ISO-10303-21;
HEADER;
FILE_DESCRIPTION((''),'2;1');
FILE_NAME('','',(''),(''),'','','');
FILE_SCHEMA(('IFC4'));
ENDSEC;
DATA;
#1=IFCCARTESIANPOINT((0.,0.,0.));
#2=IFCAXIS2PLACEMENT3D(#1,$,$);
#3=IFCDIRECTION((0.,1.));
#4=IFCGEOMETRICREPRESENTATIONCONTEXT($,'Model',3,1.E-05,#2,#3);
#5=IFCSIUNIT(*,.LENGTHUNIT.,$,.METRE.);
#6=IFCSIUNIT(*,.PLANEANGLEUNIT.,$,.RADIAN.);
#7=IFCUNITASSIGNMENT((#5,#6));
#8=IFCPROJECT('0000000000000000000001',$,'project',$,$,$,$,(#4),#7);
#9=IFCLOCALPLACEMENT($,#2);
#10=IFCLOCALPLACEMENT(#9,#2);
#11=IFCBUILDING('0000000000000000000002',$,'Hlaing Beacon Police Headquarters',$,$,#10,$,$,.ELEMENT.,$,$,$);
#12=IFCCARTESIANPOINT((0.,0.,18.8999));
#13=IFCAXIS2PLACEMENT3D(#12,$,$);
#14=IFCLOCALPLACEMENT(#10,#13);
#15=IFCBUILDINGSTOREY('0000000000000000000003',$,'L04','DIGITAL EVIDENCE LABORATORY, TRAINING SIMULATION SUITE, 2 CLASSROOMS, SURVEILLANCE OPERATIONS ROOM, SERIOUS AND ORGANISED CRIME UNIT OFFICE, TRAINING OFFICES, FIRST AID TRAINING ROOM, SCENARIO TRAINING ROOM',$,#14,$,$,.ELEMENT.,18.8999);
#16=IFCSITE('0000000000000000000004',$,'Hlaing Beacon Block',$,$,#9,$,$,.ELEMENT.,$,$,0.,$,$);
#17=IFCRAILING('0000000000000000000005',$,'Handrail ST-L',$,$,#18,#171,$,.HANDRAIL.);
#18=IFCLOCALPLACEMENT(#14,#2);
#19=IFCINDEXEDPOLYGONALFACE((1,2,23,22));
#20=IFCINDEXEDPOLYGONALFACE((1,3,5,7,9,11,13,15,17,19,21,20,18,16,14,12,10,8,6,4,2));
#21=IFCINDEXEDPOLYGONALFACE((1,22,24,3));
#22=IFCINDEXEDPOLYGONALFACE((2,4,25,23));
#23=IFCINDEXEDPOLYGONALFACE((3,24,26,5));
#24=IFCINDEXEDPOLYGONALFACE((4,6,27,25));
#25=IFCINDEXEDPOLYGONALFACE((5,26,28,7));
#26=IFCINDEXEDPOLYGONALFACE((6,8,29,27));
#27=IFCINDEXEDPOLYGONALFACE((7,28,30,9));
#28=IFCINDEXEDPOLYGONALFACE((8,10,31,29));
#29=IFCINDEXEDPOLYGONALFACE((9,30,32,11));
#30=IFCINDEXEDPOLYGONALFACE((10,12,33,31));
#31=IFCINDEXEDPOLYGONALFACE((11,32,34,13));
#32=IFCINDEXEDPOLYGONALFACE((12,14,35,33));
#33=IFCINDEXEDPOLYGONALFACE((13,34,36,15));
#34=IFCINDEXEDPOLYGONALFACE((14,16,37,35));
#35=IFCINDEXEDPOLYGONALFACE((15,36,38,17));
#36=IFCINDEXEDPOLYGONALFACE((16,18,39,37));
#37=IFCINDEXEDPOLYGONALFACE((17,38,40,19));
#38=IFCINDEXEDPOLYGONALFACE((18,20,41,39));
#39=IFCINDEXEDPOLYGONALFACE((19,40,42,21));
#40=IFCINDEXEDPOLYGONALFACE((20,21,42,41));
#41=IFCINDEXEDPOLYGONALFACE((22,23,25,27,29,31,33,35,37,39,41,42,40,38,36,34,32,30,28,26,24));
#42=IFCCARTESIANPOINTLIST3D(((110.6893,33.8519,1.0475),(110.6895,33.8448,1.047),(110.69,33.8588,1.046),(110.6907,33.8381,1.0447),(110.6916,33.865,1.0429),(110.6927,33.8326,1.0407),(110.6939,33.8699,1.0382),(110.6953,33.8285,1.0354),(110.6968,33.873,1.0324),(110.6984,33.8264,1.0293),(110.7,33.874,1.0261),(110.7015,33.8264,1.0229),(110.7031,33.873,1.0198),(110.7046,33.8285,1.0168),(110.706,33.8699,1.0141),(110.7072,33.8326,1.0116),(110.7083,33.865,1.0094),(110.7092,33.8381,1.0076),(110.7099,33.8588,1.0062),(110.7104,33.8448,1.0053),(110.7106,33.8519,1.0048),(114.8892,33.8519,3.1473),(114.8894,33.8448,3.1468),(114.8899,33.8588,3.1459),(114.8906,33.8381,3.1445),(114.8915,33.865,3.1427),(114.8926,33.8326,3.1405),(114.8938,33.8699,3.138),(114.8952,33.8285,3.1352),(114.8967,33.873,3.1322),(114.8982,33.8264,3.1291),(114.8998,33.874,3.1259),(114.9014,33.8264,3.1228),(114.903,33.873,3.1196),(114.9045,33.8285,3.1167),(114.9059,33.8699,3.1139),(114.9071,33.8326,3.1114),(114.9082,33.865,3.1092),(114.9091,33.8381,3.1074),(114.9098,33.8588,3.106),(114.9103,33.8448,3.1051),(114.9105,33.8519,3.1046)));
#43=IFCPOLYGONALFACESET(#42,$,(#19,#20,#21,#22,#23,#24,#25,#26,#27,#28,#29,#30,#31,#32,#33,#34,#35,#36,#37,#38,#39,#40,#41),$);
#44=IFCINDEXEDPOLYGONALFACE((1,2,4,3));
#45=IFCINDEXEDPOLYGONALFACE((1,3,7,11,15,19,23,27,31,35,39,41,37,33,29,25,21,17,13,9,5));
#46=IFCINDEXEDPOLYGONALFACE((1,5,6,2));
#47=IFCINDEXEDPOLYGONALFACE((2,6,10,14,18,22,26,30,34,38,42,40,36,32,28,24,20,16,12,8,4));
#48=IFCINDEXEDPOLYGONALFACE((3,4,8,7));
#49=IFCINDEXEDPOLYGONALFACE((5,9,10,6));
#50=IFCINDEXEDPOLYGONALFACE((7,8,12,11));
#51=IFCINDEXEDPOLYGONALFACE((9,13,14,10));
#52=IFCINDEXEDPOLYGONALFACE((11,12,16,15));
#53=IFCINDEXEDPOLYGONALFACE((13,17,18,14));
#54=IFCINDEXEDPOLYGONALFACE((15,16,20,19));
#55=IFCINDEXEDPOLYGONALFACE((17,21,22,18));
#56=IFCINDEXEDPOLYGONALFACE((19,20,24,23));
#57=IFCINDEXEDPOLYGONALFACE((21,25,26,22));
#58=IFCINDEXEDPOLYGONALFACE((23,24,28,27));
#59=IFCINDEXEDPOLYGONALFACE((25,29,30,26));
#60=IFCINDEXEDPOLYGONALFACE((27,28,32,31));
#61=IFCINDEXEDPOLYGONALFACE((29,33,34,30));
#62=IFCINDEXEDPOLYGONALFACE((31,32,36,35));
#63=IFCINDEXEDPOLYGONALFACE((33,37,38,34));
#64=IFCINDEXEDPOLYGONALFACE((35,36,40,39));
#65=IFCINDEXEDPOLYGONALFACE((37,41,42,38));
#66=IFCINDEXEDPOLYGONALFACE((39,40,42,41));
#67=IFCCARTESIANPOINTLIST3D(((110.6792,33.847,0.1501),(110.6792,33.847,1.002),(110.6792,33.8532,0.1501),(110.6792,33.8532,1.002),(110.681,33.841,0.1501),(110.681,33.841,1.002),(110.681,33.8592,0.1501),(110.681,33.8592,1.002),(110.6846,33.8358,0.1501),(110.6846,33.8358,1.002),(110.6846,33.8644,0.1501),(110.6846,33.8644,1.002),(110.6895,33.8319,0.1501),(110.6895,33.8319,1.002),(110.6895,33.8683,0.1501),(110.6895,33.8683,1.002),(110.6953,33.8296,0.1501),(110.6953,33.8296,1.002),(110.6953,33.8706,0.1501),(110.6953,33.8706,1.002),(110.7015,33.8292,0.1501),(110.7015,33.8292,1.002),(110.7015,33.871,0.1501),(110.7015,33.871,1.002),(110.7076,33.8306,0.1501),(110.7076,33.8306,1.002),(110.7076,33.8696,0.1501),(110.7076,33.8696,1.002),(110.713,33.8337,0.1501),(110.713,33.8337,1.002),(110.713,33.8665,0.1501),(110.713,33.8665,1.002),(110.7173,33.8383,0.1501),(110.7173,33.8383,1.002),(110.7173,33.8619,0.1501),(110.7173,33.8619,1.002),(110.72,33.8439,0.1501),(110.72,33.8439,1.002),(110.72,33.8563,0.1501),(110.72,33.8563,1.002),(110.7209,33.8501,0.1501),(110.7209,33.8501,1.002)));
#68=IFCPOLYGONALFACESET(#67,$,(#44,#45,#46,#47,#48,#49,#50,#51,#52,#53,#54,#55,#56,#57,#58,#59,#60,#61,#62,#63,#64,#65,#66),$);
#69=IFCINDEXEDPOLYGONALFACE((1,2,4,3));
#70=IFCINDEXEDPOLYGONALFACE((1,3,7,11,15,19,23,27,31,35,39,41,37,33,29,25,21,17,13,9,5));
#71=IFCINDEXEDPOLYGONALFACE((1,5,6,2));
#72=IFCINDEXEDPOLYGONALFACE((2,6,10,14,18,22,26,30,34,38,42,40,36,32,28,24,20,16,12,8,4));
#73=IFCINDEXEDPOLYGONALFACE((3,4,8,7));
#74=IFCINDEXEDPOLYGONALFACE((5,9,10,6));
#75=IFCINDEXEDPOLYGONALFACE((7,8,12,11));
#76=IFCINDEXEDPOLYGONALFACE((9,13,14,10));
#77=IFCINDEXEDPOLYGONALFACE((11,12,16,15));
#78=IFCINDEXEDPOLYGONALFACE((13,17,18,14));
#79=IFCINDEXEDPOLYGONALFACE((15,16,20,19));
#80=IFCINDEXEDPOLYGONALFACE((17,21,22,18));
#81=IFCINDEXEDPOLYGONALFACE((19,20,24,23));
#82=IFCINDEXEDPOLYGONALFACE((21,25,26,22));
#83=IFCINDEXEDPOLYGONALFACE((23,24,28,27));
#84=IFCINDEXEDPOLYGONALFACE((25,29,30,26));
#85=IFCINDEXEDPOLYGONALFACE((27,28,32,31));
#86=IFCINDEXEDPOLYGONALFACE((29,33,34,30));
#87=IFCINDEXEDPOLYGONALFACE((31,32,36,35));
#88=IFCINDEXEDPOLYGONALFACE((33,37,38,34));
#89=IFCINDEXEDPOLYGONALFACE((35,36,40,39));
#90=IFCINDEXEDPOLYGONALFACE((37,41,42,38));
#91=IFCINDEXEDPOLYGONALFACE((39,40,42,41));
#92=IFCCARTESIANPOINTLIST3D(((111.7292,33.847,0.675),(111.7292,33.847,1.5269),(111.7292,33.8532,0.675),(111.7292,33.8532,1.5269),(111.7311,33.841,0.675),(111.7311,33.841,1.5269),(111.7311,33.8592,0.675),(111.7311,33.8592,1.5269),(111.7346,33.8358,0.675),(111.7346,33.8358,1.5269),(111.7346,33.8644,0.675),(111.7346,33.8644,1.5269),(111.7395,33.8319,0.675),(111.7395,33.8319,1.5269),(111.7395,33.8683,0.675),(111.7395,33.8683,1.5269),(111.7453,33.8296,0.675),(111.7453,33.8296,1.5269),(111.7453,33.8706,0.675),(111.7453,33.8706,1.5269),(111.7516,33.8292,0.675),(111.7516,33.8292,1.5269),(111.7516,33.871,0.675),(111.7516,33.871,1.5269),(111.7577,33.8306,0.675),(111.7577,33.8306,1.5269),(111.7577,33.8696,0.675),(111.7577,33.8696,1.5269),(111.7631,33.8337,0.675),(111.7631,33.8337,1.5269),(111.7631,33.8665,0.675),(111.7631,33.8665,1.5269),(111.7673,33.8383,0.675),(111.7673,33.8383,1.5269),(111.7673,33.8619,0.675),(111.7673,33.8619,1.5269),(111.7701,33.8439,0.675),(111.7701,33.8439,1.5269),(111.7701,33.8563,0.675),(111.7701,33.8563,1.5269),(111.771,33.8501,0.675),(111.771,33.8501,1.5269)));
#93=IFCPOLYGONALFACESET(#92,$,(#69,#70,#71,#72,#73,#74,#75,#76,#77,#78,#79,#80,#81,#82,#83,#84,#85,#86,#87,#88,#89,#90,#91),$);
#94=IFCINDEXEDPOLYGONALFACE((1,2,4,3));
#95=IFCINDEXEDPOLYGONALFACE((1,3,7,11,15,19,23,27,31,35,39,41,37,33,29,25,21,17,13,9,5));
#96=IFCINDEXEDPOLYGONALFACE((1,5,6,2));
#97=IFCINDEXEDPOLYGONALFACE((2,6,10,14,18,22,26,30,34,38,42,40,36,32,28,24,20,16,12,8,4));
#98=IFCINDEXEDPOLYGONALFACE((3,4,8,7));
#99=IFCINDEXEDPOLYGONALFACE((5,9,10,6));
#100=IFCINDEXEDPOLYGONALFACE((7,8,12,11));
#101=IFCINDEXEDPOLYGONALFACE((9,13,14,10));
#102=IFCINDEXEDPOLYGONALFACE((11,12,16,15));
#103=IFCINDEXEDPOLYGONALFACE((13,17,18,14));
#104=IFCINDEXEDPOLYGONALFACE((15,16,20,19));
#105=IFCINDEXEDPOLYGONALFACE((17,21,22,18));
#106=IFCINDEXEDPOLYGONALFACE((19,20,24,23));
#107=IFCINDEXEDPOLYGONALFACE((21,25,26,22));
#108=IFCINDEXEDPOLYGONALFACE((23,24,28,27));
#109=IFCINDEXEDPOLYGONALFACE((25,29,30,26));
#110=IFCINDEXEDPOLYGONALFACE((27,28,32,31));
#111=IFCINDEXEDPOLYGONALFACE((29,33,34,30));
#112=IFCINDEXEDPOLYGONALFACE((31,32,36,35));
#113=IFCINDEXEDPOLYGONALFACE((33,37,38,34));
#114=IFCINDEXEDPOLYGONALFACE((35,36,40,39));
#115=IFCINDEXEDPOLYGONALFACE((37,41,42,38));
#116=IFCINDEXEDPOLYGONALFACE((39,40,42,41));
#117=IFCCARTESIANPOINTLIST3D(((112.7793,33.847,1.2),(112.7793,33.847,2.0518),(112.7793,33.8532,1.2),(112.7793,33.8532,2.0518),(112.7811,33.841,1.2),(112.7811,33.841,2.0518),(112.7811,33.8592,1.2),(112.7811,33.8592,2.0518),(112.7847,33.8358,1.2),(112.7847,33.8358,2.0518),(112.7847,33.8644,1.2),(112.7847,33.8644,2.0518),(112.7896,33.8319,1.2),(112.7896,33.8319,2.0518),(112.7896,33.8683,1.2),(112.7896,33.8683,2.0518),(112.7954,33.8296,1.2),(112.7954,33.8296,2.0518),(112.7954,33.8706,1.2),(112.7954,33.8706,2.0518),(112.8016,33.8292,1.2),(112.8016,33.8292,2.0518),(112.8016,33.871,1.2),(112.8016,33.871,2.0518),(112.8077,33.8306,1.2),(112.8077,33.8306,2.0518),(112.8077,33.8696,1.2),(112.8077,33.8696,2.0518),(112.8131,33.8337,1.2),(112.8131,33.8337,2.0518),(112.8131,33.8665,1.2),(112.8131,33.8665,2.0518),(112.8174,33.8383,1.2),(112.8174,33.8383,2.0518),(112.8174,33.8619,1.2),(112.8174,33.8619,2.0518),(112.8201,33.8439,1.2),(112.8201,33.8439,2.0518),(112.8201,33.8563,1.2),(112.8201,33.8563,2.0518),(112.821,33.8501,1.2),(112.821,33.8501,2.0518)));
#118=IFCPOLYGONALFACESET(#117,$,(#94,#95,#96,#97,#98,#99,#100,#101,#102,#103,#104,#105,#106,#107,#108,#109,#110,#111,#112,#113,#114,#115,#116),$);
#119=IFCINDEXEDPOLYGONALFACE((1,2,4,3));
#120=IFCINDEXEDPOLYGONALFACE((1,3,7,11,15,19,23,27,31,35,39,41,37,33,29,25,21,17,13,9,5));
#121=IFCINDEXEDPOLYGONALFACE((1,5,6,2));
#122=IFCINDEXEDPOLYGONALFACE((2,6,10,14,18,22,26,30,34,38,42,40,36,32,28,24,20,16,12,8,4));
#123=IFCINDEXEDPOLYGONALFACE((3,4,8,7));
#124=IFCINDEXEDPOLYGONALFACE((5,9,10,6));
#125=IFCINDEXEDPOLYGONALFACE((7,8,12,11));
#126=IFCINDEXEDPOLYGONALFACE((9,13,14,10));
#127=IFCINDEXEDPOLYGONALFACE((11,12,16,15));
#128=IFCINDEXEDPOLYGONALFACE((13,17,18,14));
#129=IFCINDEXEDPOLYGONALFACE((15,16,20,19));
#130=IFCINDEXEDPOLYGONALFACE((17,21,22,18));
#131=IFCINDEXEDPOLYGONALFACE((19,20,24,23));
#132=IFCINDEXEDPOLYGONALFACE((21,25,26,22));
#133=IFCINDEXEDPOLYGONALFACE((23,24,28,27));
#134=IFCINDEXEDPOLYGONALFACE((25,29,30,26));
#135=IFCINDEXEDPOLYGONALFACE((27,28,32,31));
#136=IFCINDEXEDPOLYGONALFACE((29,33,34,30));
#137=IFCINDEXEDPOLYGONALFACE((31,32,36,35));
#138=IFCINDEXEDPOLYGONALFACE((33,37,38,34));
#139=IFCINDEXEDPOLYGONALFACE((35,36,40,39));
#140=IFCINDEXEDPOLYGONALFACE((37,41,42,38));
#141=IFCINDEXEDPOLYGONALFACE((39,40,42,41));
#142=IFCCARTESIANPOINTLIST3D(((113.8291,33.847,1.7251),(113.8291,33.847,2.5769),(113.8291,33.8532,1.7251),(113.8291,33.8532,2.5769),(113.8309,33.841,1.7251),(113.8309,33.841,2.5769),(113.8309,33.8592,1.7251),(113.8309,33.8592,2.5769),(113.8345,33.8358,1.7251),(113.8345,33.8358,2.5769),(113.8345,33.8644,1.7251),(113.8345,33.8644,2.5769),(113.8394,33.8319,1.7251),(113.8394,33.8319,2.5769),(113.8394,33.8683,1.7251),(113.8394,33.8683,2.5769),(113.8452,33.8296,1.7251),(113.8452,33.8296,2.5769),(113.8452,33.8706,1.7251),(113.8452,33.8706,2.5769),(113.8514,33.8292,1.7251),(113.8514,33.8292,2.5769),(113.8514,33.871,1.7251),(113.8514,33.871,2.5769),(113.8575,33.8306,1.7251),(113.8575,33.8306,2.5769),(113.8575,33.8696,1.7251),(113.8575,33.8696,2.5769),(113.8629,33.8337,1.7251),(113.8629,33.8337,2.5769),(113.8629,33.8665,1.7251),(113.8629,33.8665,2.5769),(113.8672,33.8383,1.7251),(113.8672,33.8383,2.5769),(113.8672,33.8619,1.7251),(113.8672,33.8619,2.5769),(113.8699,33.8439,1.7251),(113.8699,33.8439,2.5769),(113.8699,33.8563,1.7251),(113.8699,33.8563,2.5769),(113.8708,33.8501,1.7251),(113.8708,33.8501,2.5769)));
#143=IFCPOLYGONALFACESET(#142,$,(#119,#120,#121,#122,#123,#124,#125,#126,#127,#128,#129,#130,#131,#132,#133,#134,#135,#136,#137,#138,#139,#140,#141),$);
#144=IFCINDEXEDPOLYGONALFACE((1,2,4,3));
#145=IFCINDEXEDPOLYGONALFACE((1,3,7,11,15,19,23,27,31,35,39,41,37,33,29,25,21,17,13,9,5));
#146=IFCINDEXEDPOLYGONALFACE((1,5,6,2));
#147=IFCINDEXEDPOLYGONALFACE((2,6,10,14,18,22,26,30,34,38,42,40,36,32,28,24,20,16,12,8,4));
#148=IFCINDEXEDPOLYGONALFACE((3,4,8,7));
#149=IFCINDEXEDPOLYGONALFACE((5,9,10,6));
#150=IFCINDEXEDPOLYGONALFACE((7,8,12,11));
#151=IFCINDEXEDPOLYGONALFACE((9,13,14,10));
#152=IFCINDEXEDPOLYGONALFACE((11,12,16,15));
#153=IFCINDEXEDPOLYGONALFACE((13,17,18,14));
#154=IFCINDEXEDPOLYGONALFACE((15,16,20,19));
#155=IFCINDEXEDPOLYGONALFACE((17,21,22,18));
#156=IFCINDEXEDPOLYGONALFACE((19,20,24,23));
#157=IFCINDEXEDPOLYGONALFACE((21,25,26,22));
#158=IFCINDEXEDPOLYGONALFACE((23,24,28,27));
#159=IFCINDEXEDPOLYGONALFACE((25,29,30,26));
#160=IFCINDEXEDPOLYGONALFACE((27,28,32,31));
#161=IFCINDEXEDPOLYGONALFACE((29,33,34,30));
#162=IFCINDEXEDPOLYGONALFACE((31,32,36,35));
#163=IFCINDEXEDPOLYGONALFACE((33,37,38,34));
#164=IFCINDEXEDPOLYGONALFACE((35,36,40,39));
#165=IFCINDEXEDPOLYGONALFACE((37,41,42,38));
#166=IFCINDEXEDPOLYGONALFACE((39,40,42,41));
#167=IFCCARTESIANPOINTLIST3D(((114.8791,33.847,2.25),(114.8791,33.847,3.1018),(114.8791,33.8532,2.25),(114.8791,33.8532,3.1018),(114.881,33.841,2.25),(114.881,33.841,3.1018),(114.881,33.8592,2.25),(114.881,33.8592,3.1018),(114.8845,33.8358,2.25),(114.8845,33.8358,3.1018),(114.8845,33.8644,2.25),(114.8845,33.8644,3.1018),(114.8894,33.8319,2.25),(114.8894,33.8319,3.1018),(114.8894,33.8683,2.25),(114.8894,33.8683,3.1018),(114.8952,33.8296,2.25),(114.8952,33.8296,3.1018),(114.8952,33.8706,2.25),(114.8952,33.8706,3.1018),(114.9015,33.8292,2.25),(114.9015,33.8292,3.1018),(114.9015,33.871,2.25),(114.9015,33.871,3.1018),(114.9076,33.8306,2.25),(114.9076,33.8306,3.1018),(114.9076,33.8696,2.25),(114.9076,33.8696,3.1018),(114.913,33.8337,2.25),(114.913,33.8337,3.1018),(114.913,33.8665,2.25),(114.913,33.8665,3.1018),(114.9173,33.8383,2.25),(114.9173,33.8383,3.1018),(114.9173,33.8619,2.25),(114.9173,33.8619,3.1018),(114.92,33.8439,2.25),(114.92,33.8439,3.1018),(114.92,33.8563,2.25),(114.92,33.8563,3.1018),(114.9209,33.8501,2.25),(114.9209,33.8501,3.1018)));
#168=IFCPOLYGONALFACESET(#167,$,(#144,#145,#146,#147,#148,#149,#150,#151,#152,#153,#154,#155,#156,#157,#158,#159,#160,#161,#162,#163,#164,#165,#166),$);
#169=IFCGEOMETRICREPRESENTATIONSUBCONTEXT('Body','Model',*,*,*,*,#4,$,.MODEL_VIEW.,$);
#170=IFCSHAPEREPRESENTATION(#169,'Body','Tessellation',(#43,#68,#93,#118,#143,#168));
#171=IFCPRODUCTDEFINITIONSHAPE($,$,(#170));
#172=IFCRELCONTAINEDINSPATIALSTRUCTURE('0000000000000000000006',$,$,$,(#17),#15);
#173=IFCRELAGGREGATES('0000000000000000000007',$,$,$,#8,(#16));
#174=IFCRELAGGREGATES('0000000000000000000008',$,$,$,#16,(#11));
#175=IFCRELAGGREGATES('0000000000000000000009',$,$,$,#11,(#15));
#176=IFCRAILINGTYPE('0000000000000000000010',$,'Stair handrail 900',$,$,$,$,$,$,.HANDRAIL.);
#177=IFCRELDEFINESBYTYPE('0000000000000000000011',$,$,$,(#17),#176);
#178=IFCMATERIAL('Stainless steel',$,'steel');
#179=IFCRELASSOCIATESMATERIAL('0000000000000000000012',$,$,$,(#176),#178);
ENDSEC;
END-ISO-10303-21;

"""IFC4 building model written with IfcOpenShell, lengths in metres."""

from ifc_helpers import new_model, si_unit, direction, frame, origin, origin_2d, place, context, subcontext, project, spatial, circle, extrude, material, type_object, element, save


model = new_model("IFC4")

# Units and contexts
model_context = context("Model", 3, precision=1e-05, world=origin(), true_north=direction((0.0, 1.0)))
body_context = subcontext(model_context, "Body", "Model", "MODEL_VIEW")
ifc_project = project(units=[si_unit("LENGTHUNIT", "METRE"), si_unit("PLANEANGLEUNIT", "RADIAN")], contexts=[model_context])

# Site, building, storey
site_placement = place(None, origin())
site = spatial("IfcSite", under=ifc_project, at=site_placement, Name="Hlaing Beacon Block", CompositionType="ELEMENT", RefElevation=0.0)
building_placement = place(site_placement, origin())
building = spatial("IfcBuilding", under=site, at=building_placement, Name="Hlaing Beacon Police Headquarters", CompositionType="ELEMENT")
storey_placement = place(building_placement, frame((0.0, 0.0, 18.8999)))
storey = spatial("IfcBuildingStorey", under=building, at=storey_placement, Name="L04", Description="DIGITAL EVIDENCE LABORATORY, TRAINING SIMULATION SUITE, 2 CLASSROOMS, SURVEILLANCE OPERATIONS ROOM, SERIOUS AND ORGANISED CRIME UNIT OFFICE, TRAINING OFFICES, FIRST AID TRAINING ROOM, SCENARIO TRAINING ROOM", CompositionType="ELEMENT", Elevation=18.8999)

# Railing
ifc_material_1 = material(Name="Stainless steel", Category="steel")
railing_type_1 = type_object("IfcRailingType", Name="Stair handrail 900", PredefinedType="HANDRAIL", material=ifc_material_1)
for number, where, name in (
    (1, (110.7, 33.8501, 0.1501), "Handrail ST-L"),
):
    element("IfcRailing", number, at=place(storey_placement, frame(where)), inside=storey, type_object=railing_type_1, Name=name, PredefinedType="HANDRAIL", context=body_context, shape_type="SweptSolid", body=[
        extrude(circle(Radius=0.0239, at=origin_2d()), frame((0.0, 0.0, 0.876), z_axis=(0.894438, 0.0, 0.447193), x_axis=(0.0, 1.0, 0.0)), (0.0, 0.0, 1.0), 4.6956),
        extrude(circle(Radius=0.021, at=origin_2d()), origin(), (0.0, 0.0, 1.0), 0.8518),
        extrude(circle(Radius=0.021, at=origin_2d()), frame((1.05, 0.0, 0.5249)), (0.0, 0.0, 1.0), 0.8518),
        extrude(circle(Radius=0.021, at=origin_2d()), frame((2.1001, 0.0, 1.0498)), (0.0, 0.0, 1.0), 0.8518),
        extrude(circle(Radius=0.021, at=origin_2d()), frame((3.1499, 0.0, 1.575)), (0.0, 0.0, 1.0), 0.8518),
        extrude(circle(Radius=0.021, at=origin_2d()), frame((4.2, 0.0, 2.0999)), (0.0, 0.0, 1.0), 0.8518),
    ])

save(model, "model.ifc")
